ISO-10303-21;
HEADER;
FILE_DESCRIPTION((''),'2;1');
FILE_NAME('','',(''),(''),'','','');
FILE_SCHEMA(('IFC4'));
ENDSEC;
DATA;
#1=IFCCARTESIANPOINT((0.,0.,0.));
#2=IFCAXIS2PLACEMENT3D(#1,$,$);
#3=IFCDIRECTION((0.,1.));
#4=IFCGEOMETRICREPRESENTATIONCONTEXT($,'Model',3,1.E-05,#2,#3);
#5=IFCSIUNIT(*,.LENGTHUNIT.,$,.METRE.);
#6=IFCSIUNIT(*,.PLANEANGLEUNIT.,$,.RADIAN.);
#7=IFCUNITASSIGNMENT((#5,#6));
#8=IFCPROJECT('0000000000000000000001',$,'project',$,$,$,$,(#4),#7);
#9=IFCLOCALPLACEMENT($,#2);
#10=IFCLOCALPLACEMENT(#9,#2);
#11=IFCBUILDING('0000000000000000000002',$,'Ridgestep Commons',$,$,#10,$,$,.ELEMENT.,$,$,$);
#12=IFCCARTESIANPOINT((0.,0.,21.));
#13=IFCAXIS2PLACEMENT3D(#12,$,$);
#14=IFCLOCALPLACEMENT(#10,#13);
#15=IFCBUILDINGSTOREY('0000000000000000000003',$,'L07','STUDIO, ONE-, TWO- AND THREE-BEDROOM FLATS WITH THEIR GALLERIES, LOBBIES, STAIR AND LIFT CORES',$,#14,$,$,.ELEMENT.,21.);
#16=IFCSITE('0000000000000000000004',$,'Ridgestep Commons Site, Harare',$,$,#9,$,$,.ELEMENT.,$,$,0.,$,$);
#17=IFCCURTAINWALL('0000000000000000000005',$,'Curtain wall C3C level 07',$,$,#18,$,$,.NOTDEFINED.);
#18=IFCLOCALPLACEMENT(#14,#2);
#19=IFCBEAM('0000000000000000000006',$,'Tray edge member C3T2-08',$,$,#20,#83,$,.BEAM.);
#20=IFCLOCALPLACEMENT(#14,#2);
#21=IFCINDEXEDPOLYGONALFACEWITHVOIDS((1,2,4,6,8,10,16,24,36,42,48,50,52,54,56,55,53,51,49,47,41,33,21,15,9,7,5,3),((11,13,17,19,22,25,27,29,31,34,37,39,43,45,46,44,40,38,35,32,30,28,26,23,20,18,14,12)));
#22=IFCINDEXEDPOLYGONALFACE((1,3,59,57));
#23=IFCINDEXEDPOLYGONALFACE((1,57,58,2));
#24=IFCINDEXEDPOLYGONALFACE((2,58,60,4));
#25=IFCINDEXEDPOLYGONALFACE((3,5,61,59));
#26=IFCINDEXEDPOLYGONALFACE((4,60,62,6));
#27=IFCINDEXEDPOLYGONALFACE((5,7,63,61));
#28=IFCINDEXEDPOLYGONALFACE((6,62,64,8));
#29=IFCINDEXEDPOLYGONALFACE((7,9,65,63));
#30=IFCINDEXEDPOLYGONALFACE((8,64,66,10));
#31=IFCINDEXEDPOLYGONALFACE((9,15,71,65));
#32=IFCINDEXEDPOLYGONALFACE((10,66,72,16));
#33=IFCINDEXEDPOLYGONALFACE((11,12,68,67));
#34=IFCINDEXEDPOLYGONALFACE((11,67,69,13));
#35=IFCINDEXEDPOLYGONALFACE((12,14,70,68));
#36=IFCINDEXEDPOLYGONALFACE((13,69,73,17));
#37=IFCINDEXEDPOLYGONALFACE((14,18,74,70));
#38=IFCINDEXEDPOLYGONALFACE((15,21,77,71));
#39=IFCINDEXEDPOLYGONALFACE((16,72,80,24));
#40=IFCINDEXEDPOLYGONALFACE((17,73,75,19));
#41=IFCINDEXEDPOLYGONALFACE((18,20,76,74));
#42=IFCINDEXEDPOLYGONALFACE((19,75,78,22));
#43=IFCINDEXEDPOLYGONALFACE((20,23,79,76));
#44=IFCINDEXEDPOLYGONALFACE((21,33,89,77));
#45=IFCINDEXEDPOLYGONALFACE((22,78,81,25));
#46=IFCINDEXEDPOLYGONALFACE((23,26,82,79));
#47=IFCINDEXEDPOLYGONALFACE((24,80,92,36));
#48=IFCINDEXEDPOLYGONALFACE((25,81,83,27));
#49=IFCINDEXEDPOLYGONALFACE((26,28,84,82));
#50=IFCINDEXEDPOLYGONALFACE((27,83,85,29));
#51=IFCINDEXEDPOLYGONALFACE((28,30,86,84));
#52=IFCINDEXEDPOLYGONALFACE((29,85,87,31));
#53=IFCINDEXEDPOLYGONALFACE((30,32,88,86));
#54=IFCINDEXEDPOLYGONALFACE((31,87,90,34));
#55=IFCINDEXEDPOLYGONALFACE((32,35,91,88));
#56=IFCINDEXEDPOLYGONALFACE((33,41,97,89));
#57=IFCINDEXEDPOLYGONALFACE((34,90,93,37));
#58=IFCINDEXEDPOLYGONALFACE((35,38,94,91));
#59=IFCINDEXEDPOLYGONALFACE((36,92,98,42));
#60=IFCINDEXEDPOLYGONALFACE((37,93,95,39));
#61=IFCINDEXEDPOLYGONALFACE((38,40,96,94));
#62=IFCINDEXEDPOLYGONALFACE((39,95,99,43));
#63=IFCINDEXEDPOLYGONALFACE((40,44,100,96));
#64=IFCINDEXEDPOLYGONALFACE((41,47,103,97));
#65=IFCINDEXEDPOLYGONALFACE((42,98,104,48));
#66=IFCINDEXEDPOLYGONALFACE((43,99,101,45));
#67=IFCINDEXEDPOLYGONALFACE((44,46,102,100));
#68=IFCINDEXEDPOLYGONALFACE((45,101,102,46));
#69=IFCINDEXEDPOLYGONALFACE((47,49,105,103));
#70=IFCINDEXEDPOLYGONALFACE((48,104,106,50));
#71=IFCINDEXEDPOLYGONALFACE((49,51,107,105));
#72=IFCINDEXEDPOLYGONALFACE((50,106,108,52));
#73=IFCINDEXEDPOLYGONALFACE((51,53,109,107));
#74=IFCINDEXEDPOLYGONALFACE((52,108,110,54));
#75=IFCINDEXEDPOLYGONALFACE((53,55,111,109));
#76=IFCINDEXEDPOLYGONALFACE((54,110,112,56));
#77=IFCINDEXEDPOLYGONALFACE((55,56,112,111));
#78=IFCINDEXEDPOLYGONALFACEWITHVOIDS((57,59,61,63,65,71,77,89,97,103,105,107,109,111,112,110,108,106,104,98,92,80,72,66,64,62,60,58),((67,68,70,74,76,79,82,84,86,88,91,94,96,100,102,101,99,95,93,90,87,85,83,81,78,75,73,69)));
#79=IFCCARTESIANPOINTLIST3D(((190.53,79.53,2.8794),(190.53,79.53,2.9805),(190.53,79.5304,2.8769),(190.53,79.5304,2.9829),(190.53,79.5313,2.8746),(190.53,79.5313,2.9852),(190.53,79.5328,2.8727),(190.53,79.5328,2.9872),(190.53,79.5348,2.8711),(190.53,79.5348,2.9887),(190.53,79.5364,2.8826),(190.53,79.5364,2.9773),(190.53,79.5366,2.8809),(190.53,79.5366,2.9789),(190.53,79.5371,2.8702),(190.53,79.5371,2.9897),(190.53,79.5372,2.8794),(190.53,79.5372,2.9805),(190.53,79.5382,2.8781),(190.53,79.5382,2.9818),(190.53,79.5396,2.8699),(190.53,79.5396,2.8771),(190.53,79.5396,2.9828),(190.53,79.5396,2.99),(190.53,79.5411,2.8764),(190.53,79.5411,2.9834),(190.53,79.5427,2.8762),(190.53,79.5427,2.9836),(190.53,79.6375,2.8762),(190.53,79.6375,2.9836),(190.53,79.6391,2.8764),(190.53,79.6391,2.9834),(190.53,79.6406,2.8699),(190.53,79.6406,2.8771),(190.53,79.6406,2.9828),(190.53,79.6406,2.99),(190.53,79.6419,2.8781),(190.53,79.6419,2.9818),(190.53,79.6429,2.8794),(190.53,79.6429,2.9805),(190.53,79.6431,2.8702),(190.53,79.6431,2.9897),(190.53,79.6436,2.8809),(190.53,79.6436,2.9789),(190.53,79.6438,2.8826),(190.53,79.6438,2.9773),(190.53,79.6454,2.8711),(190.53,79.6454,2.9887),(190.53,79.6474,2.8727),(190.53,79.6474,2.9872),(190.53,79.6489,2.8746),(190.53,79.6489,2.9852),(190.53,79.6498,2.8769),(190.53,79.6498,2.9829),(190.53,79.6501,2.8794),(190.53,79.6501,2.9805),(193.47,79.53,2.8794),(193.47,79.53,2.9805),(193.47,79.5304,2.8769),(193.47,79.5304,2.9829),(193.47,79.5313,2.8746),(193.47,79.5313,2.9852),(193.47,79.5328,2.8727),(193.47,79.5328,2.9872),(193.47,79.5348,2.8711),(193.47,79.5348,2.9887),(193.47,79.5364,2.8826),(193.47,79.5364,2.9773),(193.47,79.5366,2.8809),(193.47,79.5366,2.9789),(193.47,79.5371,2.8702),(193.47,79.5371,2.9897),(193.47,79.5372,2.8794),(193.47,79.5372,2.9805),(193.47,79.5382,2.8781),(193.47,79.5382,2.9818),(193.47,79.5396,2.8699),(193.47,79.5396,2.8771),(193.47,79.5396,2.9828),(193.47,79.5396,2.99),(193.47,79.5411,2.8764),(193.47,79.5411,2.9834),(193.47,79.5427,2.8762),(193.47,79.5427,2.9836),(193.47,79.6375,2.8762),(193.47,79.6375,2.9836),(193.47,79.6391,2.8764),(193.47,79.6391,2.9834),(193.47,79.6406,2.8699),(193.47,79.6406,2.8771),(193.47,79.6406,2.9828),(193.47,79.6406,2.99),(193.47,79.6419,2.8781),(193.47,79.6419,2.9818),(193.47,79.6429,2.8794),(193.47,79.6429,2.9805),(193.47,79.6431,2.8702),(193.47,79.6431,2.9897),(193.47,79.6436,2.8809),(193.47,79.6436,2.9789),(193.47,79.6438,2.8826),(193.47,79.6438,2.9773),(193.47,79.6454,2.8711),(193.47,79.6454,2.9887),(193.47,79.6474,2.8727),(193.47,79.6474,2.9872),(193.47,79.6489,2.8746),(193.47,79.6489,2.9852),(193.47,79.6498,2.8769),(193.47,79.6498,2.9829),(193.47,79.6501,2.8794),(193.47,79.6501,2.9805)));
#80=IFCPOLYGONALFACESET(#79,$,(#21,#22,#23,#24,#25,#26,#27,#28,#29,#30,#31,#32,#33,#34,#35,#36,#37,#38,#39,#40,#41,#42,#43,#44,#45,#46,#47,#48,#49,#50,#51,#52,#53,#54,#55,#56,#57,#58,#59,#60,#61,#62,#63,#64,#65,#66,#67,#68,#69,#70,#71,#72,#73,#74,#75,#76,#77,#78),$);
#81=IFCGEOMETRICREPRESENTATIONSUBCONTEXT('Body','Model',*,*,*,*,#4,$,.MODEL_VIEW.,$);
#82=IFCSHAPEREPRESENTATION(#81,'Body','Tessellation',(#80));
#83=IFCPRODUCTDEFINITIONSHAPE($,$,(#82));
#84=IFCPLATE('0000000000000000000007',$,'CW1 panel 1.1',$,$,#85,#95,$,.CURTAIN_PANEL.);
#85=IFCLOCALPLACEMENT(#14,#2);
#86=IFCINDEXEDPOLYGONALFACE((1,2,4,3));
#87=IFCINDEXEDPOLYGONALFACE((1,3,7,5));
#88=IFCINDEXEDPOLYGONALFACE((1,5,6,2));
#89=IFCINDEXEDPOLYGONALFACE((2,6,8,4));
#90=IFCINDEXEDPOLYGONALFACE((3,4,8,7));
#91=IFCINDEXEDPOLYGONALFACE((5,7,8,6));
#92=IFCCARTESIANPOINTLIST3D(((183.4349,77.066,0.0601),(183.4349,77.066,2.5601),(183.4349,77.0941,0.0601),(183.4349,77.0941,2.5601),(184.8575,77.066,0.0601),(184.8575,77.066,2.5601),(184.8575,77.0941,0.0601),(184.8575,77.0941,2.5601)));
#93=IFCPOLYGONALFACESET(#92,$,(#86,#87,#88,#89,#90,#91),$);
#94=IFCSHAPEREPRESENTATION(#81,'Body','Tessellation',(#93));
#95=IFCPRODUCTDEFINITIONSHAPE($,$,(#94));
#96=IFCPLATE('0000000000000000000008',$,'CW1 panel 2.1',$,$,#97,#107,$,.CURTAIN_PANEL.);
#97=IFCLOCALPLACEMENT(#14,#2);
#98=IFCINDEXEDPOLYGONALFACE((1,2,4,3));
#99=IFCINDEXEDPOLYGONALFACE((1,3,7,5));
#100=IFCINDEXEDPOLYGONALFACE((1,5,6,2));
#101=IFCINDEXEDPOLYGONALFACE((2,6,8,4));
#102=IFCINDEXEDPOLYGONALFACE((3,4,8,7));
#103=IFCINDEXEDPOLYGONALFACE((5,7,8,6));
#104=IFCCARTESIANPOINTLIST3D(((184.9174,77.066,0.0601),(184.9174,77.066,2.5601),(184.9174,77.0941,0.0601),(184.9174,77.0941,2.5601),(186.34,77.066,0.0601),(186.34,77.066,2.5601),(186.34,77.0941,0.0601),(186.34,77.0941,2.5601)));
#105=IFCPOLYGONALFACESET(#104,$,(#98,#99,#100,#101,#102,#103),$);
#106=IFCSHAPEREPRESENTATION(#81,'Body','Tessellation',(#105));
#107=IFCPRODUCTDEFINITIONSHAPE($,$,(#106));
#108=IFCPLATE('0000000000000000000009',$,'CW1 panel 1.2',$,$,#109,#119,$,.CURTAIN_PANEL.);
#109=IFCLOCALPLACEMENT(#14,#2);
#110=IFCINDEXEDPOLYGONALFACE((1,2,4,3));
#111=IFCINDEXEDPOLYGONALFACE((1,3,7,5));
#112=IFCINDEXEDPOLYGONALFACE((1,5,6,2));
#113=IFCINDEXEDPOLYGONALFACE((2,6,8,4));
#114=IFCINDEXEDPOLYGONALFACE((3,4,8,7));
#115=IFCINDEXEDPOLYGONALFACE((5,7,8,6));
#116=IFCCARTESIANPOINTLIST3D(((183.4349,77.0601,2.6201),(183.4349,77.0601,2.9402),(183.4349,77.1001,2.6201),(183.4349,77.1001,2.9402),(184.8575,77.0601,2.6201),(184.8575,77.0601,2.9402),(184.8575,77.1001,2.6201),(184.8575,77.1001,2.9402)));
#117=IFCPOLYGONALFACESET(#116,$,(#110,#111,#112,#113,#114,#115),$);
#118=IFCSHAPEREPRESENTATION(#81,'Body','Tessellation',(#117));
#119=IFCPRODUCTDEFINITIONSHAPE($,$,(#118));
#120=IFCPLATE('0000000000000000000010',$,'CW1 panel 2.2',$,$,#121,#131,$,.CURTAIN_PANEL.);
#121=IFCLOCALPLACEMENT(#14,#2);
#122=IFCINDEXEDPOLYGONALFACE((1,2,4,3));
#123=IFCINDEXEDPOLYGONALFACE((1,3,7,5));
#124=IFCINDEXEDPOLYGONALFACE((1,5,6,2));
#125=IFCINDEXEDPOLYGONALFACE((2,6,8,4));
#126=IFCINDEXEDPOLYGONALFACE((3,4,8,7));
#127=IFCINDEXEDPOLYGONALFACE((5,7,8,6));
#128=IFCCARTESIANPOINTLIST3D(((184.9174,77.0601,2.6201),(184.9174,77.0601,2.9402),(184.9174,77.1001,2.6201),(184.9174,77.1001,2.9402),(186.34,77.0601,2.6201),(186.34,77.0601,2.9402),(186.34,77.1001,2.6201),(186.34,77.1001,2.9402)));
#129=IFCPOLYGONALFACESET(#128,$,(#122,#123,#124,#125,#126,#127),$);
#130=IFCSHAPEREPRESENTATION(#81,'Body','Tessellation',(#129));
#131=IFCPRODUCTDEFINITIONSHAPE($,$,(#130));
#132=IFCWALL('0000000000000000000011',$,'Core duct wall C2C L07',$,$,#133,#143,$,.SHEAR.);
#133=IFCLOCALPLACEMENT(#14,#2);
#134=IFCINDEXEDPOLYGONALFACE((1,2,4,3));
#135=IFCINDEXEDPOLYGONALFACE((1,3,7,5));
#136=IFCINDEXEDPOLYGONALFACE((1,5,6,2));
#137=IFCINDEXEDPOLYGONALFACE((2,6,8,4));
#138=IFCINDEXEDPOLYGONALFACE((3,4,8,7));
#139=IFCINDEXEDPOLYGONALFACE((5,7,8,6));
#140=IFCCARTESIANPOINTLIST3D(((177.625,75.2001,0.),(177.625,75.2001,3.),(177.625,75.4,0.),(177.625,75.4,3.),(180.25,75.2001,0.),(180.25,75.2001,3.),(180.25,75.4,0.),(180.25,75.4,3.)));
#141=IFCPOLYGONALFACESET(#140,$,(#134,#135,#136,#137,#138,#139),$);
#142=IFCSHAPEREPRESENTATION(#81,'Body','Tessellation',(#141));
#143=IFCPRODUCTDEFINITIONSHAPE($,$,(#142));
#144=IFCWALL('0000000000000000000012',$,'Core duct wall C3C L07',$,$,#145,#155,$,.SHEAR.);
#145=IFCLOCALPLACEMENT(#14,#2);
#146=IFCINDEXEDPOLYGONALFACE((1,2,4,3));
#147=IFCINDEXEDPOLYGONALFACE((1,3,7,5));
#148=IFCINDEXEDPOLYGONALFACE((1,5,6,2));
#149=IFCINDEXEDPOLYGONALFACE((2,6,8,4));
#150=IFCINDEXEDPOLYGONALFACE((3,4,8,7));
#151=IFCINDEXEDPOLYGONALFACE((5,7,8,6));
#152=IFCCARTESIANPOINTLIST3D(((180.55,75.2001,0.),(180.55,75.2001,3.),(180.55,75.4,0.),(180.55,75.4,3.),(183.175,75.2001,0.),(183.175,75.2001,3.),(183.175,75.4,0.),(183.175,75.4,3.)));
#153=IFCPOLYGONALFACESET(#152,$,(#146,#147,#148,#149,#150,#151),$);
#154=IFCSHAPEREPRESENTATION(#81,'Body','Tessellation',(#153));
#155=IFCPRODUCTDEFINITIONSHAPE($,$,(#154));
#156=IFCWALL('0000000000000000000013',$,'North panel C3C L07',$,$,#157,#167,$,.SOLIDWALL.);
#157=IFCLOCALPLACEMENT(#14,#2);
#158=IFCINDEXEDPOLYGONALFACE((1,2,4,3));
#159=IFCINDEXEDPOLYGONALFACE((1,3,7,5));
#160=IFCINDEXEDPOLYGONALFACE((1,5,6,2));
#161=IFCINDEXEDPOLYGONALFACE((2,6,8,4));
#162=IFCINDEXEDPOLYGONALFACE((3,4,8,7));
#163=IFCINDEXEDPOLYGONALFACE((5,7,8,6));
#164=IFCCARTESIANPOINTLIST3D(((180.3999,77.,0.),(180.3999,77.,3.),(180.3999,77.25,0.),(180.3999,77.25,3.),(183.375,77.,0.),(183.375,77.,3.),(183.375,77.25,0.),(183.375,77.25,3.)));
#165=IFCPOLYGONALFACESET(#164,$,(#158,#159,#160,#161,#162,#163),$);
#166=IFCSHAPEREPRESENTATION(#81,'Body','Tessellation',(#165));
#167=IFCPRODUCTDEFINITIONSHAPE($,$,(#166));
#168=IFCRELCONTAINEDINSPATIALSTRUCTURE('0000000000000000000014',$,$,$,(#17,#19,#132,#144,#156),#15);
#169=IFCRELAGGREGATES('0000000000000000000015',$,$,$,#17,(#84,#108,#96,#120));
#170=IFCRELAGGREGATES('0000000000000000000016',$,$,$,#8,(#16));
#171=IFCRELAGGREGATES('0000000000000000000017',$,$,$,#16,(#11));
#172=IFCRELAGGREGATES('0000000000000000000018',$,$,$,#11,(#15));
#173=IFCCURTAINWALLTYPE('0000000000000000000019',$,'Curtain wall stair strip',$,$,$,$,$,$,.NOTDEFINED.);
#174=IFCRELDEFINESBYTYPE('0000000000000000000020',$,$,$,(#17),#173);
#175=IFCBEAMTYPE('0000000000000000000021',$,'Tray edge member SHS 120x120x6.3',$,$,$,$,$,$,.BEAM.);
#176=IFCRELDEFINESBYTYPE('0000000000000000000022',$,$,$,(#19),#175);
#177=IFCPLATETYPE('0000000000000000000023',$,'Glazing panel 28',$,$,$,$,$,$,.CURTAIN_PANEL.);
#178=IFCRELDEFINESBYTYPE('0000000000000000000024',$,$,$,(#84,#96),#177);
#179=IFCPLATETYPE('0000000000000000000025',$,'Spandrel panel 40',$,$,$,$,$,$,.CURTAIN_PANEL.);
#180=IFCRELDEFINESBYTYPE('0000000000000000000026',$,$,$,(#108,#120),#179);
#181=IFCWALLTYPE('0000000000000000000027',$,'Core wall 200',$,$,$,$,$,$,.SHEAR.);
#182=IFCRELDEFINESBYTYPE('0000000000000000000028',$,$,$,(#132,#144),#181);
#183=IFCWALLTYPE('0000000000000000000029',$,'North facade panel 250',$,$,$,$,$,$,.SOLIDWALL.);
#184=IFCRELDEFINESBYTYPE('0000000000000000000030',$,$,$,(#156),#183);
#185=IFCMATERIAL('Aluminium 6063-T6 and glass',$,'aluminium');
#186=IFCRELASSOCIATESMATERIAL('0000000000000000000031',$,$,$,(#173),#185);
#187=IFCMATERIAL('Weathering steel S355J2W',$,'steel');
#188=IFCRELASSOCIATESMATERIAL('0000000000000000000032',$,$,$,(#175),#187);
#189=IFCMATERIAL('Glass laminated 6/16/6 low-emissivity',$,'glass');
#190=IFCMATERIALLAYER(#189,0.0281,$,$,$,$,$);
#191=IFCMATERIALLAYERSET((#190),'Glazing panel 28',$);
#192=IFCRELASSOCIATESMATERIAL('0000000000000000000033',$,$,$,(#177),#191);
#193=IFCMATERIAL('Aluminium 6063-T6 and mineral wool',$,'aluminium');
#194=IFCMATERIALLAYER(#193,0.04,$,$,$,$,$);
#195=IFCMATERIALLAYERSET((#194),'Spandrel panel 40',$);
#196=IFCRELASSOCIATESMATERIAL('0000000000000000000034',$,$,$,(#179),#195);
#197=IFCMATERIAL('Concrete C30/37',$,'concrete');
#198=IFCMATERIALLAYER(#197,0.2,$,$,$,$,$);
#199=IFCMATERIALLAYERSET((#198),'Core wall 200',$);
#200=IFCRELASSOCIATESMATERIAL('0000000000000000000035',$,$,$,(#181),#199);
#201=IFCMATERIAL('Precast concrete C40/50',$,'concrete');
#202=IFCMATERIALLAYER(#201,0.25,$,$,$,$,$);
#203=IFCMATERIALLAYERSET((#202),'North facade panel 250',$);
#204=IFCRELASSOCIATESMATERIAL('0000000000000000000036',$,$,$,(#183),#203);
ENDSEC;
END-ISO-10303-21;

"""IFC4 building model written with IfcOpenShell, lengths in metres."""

from ifc_helpers import new_model, si_unit, direction, frame, frame_2d, origin, origin_2d, place, context, subcontext, project, spatial, rectangle, hollow_rectangle, extrude, material, layer, layer_set, material_profile, profile_set, type_object, element, aggregate, save


model = new_model("IFC4")

# Units and contexts
model_context = context("Model", 3, precision=1e-05, world=origin(), true_north=direction((0.0, 1.0)))
body_context = subcontext(model_context, "Body", "Model", "MODEL_VIEW")
ifc_project = project(units=[si_unit("LENGTHUNIT", "METRE"), si_unit("PLANEANGLEUNIT", "RADIAN")], contexts=[model_context])

# Site, building, storey
site_placement = place(None, origin())
site = spatial("IfcSite", under=ifc_project, at=site_placement, Name="Ridgestep Commons Site, Harare", CompositionType="ELEMENT", RefElevation=0.0)
building_placement = place(site_placement, origin())
building = spatial("IfcBuilding", under=site, at=building_placement, Name="Ridgestep Commons", CompositionType="ELEMENT")
storey_placement = place(building_placement, frame((0.0, 0.0, 21.0)))
storey = spatial("IfcBuildingStorey", under=building, at=storey_placement, Name="L07", Description="STUDIO, ONE-, TWO- AND THREE-BEDROOM FLATS WITH THEIR GALLERIES, LOBBIES, STAIR AND LIFT CORES", CompositionType="ELEMENT", Elevation=21.0)

# Curtain wall
ifc_material_1 = material(Name="Aluminium 6063-T6 and glass", Category="aluminium")
curtain_wall_type = type_object("IfcCurtainWallType", Name="Curtain wall stair strip", PredefinedType="NOTDEFINED", material=ifc_material_1)
curtain_wall_placement = place(storey_placement, origin())
curtain_wall = element("IfcCurtainWall", 1, at=curtain_wall_placement, inside=storey, type_object=curtain_wall_type, Name="Curtain wall C3C level 07", PredefinedType="NOTDEFINED")

# Beam
ifc_material_2 = material(Name="Weathering steel S355J2W", Category="steel")
ifc_material_profile_1 = material_profile(ifc_material_2, hollow_rectangle(XDim=0.1201, YDim=0.1201, WallThickness=0.0063, InnerFilletRadius=0.0063, OuterFilletRadius=0.0095, at=origin_2d()), Name="SHS 120x120x6.3")
ifc_profile_set_1 = profile_set([ifc_material_profile_1], Name="Weathering steel S355J2W")
beam_type_1 = type_object("IfcBeamType", Name="Tray edge member SHS 120x120x6.3", PredefinedType="BEAM", material=ifc_profile_set_1)
beam_1_placement = place(storey_placement, frame((190.53, 79.5901, 2.9299), z_axis=(1.0, 0.0, 0.0), x_axis=(0.0, 0.0, 1.0)))
element("IfcBeam", 2, at=beam_1_placement, inside=storey, type_object=beam_type_1, Name="Tray edge member C3T2-08", PredefinedType="BEAM", context=body_context, shape_type="SweptSolid", body=[
    extrude(hollow_rectangle(XDim=0.1201, YDim=0.1201, WallThickness=0.0063, InnerFilletRadius=0.0063, OuterFilletRadius=0.0095, at=origin_2d()), origin(), (0.0, 0.0, 1.0), 2.9399),
])

# Plates
ifc_material_3 = material(Name="Glass laminated 6/16/6 low-emissivity", Category="glass")
ifc_layer_1 = layer(ifc_material_3, 0.0281)
ifc_layer_set_1 = layer_set([ifc_layer_1], Name="Glazing panel 28")
plate_type_1 = type_object("IfcPlateType", Name="Glazing panel 28", PredefinedType="CURTAIN_PANEL", material=ifc_layer_set_1)
plate_1_placement = place(storey_placement, frame((184.1462, 77.0801, 0.0601), z_axis=(0.0, 0.0, 1.0), x_axis=(1.0, 0.0, 0.0)))
plate_1 = element("IfcPlate", 3, at=plate_1_placement, type_object=plate_type_1, Name="CW1 panel 1.1", PredefinedType="CURTAIN_PANEL", context=body_context, shape_type="SweptSolid", body=[
    extrude(rectangle(XDim=1.4226, YDim=0.0281, at=origin_2d()), origin(), (0.0, 0.0, 1.0), 2.5),
])
plate_2_placement = place(storey_placement, frame((185.6287, 77.0801, 0.0601), z_axis=(0.0, 0.0, 1.0), x_axis=(1.0, 0.0, 0.0)))
plate_2 = element("IfcPlate", 4, at=plate_2_placement, type_object=plate_type_1, Name="CW1 panel 2.1", PredefinedType="CURTAIN_PANEL", context=body_context, shape_type="SweptSolid", body=[
    extrude(rectangle(XDim=1.4226, YDim=0.0281, at=origin_2d()), origin(), (0.0, 0.0, 1.0), 2.5),
])
ifc_material_4 = material(Name="Aluminium 6063-T6 and mineral wool", Category="aluminium")
ifc_layer_2 = layer(ifc_material_4, 0.04)
ifc_layer_set_2 = layer_set([ifc_layer_2], Name="Spandrel panel 40")
plate_type_2 = type_object("IfcPlateType", Name="Spandrel panel 40", PredefinedType="CURTAIN_PANEL", material=ifc_layer_set_2)
plate_3_placement = place(storey_placement, frame((184.1462, 77.0801, 2.6201), z_axis=(0.0, 0.0, 1.0), x_axis=(1.0, 0.0, 0.0)))
plate_3 = element("IfcPlate", 5, at=plate_3_placement, type_object=plate_type_2, Name="CW1 panel 1.2", PredefinedType="CURTAIN_PANEL", context=body_context, shape_type="SweptSolid", body=[
    extrude(rectangle(XDim=1.4226, YDim=0.04, at=origin_2d()), origin(), (0.0, 0.0, 1.0), 0.3201),
])
plate_4_placement = place(storey_placement, frame((185.6287, 77.0801, 2.6201), z_axis=(0.0, 0.0, 1.0), x_axis=(1.0, 0.0, 0.0)))
plate_4 = element("IfcPlate", 6, at=plate_4_placement, type_object=plate_type_2, Name="CW1 panel 2.2", PredefinedType="CURTAIN_PANEL", context=body_context, shape_type="SweptSolid", body=[
    extrude(rectangle(XDim=1.4226, YDim=0.04, at=origin_2d()), origin(), (0.0, 0.0, 1.0), 0.3201),
])
aggregate(curtain_wall, [plate_1, plate_3, plate_2, plate_4])

# Walls
ifc_material_5 = material(Name="Concrete C30/37", Category="concrete")
ifc_layer_3 = layer(ifc_material_5, 0.2)
ifc_layer_set_3 = layer_set([ifc_layer_3], Name="Core wall 200")
wall_type_1 = type_object("IfcWallType", Name="Core wall 200", PredefinedType="SHEAR", material=ifc_layer_set_3)
for number, where, z_axis, x_axis, name in (
    (7, (177.625, 75.3, 0.0), (0.0, 0.0, 1.0), (1.0, 0.0, 0.0), "Core duct wall C2C L07"),
    (8, (180.55, 75.3, 0.0), (0.0, 0.0, 1.0), (1.0, 0.0, 0.0), "Core duct wall C3C L07"),
):
    element("IfcWall", number, at=place(storey_placement, frame(where, z_axis=z_axis, x_axis=x_axis)), inside=storey, type_object=wall_type_1, Name=name, PredefinedType="SHEAR", context=body_context, shape_type="SweptSolid", body=[
        extrude(rectangle(XDim=2.625, YDim=0.2, at=frame_2d((1.3125, 0.0))), origin(), (0.0, 0.0, 1.0), 3.0),
    ])
ifc_material_6 = material(Name="Precast concrete C40/50", Category="concrete")
ifc_layer_4 = layer(ifc_material_6, 0.25)
ifc_layer_set_4 = layer_set([ifc_layer_4], Name="North facade panel 250")
wall_type_2 = type_object("IfcWallType", Name="North facade panel 250", PredefinedType="SOLIDWALL", material=ifc_layer_set_4)
wall_1_placement = place(storey_placement, frame((180.3999, 77.125, 0.0), z_axis=(0.0, 0.0, 1.0), x_axis=(1.0, 0.0, 0.0)))
element("IfcWall", 9, at=wall_1_placement, inside=storey, type_object=wall_type_2, Name="North panel C3C L07", PredefinedType="SOLIDWALL", context=body_context, shape_type="SweptSolid", body=[
    extrude(rectangle(XDim=2.9751, YDim=0.25, at=frame_2d((1.4875, 0.0))), origin(), (0.0, 0.0, 1.0), 3.0),
])

save(model, "model.ifc")
